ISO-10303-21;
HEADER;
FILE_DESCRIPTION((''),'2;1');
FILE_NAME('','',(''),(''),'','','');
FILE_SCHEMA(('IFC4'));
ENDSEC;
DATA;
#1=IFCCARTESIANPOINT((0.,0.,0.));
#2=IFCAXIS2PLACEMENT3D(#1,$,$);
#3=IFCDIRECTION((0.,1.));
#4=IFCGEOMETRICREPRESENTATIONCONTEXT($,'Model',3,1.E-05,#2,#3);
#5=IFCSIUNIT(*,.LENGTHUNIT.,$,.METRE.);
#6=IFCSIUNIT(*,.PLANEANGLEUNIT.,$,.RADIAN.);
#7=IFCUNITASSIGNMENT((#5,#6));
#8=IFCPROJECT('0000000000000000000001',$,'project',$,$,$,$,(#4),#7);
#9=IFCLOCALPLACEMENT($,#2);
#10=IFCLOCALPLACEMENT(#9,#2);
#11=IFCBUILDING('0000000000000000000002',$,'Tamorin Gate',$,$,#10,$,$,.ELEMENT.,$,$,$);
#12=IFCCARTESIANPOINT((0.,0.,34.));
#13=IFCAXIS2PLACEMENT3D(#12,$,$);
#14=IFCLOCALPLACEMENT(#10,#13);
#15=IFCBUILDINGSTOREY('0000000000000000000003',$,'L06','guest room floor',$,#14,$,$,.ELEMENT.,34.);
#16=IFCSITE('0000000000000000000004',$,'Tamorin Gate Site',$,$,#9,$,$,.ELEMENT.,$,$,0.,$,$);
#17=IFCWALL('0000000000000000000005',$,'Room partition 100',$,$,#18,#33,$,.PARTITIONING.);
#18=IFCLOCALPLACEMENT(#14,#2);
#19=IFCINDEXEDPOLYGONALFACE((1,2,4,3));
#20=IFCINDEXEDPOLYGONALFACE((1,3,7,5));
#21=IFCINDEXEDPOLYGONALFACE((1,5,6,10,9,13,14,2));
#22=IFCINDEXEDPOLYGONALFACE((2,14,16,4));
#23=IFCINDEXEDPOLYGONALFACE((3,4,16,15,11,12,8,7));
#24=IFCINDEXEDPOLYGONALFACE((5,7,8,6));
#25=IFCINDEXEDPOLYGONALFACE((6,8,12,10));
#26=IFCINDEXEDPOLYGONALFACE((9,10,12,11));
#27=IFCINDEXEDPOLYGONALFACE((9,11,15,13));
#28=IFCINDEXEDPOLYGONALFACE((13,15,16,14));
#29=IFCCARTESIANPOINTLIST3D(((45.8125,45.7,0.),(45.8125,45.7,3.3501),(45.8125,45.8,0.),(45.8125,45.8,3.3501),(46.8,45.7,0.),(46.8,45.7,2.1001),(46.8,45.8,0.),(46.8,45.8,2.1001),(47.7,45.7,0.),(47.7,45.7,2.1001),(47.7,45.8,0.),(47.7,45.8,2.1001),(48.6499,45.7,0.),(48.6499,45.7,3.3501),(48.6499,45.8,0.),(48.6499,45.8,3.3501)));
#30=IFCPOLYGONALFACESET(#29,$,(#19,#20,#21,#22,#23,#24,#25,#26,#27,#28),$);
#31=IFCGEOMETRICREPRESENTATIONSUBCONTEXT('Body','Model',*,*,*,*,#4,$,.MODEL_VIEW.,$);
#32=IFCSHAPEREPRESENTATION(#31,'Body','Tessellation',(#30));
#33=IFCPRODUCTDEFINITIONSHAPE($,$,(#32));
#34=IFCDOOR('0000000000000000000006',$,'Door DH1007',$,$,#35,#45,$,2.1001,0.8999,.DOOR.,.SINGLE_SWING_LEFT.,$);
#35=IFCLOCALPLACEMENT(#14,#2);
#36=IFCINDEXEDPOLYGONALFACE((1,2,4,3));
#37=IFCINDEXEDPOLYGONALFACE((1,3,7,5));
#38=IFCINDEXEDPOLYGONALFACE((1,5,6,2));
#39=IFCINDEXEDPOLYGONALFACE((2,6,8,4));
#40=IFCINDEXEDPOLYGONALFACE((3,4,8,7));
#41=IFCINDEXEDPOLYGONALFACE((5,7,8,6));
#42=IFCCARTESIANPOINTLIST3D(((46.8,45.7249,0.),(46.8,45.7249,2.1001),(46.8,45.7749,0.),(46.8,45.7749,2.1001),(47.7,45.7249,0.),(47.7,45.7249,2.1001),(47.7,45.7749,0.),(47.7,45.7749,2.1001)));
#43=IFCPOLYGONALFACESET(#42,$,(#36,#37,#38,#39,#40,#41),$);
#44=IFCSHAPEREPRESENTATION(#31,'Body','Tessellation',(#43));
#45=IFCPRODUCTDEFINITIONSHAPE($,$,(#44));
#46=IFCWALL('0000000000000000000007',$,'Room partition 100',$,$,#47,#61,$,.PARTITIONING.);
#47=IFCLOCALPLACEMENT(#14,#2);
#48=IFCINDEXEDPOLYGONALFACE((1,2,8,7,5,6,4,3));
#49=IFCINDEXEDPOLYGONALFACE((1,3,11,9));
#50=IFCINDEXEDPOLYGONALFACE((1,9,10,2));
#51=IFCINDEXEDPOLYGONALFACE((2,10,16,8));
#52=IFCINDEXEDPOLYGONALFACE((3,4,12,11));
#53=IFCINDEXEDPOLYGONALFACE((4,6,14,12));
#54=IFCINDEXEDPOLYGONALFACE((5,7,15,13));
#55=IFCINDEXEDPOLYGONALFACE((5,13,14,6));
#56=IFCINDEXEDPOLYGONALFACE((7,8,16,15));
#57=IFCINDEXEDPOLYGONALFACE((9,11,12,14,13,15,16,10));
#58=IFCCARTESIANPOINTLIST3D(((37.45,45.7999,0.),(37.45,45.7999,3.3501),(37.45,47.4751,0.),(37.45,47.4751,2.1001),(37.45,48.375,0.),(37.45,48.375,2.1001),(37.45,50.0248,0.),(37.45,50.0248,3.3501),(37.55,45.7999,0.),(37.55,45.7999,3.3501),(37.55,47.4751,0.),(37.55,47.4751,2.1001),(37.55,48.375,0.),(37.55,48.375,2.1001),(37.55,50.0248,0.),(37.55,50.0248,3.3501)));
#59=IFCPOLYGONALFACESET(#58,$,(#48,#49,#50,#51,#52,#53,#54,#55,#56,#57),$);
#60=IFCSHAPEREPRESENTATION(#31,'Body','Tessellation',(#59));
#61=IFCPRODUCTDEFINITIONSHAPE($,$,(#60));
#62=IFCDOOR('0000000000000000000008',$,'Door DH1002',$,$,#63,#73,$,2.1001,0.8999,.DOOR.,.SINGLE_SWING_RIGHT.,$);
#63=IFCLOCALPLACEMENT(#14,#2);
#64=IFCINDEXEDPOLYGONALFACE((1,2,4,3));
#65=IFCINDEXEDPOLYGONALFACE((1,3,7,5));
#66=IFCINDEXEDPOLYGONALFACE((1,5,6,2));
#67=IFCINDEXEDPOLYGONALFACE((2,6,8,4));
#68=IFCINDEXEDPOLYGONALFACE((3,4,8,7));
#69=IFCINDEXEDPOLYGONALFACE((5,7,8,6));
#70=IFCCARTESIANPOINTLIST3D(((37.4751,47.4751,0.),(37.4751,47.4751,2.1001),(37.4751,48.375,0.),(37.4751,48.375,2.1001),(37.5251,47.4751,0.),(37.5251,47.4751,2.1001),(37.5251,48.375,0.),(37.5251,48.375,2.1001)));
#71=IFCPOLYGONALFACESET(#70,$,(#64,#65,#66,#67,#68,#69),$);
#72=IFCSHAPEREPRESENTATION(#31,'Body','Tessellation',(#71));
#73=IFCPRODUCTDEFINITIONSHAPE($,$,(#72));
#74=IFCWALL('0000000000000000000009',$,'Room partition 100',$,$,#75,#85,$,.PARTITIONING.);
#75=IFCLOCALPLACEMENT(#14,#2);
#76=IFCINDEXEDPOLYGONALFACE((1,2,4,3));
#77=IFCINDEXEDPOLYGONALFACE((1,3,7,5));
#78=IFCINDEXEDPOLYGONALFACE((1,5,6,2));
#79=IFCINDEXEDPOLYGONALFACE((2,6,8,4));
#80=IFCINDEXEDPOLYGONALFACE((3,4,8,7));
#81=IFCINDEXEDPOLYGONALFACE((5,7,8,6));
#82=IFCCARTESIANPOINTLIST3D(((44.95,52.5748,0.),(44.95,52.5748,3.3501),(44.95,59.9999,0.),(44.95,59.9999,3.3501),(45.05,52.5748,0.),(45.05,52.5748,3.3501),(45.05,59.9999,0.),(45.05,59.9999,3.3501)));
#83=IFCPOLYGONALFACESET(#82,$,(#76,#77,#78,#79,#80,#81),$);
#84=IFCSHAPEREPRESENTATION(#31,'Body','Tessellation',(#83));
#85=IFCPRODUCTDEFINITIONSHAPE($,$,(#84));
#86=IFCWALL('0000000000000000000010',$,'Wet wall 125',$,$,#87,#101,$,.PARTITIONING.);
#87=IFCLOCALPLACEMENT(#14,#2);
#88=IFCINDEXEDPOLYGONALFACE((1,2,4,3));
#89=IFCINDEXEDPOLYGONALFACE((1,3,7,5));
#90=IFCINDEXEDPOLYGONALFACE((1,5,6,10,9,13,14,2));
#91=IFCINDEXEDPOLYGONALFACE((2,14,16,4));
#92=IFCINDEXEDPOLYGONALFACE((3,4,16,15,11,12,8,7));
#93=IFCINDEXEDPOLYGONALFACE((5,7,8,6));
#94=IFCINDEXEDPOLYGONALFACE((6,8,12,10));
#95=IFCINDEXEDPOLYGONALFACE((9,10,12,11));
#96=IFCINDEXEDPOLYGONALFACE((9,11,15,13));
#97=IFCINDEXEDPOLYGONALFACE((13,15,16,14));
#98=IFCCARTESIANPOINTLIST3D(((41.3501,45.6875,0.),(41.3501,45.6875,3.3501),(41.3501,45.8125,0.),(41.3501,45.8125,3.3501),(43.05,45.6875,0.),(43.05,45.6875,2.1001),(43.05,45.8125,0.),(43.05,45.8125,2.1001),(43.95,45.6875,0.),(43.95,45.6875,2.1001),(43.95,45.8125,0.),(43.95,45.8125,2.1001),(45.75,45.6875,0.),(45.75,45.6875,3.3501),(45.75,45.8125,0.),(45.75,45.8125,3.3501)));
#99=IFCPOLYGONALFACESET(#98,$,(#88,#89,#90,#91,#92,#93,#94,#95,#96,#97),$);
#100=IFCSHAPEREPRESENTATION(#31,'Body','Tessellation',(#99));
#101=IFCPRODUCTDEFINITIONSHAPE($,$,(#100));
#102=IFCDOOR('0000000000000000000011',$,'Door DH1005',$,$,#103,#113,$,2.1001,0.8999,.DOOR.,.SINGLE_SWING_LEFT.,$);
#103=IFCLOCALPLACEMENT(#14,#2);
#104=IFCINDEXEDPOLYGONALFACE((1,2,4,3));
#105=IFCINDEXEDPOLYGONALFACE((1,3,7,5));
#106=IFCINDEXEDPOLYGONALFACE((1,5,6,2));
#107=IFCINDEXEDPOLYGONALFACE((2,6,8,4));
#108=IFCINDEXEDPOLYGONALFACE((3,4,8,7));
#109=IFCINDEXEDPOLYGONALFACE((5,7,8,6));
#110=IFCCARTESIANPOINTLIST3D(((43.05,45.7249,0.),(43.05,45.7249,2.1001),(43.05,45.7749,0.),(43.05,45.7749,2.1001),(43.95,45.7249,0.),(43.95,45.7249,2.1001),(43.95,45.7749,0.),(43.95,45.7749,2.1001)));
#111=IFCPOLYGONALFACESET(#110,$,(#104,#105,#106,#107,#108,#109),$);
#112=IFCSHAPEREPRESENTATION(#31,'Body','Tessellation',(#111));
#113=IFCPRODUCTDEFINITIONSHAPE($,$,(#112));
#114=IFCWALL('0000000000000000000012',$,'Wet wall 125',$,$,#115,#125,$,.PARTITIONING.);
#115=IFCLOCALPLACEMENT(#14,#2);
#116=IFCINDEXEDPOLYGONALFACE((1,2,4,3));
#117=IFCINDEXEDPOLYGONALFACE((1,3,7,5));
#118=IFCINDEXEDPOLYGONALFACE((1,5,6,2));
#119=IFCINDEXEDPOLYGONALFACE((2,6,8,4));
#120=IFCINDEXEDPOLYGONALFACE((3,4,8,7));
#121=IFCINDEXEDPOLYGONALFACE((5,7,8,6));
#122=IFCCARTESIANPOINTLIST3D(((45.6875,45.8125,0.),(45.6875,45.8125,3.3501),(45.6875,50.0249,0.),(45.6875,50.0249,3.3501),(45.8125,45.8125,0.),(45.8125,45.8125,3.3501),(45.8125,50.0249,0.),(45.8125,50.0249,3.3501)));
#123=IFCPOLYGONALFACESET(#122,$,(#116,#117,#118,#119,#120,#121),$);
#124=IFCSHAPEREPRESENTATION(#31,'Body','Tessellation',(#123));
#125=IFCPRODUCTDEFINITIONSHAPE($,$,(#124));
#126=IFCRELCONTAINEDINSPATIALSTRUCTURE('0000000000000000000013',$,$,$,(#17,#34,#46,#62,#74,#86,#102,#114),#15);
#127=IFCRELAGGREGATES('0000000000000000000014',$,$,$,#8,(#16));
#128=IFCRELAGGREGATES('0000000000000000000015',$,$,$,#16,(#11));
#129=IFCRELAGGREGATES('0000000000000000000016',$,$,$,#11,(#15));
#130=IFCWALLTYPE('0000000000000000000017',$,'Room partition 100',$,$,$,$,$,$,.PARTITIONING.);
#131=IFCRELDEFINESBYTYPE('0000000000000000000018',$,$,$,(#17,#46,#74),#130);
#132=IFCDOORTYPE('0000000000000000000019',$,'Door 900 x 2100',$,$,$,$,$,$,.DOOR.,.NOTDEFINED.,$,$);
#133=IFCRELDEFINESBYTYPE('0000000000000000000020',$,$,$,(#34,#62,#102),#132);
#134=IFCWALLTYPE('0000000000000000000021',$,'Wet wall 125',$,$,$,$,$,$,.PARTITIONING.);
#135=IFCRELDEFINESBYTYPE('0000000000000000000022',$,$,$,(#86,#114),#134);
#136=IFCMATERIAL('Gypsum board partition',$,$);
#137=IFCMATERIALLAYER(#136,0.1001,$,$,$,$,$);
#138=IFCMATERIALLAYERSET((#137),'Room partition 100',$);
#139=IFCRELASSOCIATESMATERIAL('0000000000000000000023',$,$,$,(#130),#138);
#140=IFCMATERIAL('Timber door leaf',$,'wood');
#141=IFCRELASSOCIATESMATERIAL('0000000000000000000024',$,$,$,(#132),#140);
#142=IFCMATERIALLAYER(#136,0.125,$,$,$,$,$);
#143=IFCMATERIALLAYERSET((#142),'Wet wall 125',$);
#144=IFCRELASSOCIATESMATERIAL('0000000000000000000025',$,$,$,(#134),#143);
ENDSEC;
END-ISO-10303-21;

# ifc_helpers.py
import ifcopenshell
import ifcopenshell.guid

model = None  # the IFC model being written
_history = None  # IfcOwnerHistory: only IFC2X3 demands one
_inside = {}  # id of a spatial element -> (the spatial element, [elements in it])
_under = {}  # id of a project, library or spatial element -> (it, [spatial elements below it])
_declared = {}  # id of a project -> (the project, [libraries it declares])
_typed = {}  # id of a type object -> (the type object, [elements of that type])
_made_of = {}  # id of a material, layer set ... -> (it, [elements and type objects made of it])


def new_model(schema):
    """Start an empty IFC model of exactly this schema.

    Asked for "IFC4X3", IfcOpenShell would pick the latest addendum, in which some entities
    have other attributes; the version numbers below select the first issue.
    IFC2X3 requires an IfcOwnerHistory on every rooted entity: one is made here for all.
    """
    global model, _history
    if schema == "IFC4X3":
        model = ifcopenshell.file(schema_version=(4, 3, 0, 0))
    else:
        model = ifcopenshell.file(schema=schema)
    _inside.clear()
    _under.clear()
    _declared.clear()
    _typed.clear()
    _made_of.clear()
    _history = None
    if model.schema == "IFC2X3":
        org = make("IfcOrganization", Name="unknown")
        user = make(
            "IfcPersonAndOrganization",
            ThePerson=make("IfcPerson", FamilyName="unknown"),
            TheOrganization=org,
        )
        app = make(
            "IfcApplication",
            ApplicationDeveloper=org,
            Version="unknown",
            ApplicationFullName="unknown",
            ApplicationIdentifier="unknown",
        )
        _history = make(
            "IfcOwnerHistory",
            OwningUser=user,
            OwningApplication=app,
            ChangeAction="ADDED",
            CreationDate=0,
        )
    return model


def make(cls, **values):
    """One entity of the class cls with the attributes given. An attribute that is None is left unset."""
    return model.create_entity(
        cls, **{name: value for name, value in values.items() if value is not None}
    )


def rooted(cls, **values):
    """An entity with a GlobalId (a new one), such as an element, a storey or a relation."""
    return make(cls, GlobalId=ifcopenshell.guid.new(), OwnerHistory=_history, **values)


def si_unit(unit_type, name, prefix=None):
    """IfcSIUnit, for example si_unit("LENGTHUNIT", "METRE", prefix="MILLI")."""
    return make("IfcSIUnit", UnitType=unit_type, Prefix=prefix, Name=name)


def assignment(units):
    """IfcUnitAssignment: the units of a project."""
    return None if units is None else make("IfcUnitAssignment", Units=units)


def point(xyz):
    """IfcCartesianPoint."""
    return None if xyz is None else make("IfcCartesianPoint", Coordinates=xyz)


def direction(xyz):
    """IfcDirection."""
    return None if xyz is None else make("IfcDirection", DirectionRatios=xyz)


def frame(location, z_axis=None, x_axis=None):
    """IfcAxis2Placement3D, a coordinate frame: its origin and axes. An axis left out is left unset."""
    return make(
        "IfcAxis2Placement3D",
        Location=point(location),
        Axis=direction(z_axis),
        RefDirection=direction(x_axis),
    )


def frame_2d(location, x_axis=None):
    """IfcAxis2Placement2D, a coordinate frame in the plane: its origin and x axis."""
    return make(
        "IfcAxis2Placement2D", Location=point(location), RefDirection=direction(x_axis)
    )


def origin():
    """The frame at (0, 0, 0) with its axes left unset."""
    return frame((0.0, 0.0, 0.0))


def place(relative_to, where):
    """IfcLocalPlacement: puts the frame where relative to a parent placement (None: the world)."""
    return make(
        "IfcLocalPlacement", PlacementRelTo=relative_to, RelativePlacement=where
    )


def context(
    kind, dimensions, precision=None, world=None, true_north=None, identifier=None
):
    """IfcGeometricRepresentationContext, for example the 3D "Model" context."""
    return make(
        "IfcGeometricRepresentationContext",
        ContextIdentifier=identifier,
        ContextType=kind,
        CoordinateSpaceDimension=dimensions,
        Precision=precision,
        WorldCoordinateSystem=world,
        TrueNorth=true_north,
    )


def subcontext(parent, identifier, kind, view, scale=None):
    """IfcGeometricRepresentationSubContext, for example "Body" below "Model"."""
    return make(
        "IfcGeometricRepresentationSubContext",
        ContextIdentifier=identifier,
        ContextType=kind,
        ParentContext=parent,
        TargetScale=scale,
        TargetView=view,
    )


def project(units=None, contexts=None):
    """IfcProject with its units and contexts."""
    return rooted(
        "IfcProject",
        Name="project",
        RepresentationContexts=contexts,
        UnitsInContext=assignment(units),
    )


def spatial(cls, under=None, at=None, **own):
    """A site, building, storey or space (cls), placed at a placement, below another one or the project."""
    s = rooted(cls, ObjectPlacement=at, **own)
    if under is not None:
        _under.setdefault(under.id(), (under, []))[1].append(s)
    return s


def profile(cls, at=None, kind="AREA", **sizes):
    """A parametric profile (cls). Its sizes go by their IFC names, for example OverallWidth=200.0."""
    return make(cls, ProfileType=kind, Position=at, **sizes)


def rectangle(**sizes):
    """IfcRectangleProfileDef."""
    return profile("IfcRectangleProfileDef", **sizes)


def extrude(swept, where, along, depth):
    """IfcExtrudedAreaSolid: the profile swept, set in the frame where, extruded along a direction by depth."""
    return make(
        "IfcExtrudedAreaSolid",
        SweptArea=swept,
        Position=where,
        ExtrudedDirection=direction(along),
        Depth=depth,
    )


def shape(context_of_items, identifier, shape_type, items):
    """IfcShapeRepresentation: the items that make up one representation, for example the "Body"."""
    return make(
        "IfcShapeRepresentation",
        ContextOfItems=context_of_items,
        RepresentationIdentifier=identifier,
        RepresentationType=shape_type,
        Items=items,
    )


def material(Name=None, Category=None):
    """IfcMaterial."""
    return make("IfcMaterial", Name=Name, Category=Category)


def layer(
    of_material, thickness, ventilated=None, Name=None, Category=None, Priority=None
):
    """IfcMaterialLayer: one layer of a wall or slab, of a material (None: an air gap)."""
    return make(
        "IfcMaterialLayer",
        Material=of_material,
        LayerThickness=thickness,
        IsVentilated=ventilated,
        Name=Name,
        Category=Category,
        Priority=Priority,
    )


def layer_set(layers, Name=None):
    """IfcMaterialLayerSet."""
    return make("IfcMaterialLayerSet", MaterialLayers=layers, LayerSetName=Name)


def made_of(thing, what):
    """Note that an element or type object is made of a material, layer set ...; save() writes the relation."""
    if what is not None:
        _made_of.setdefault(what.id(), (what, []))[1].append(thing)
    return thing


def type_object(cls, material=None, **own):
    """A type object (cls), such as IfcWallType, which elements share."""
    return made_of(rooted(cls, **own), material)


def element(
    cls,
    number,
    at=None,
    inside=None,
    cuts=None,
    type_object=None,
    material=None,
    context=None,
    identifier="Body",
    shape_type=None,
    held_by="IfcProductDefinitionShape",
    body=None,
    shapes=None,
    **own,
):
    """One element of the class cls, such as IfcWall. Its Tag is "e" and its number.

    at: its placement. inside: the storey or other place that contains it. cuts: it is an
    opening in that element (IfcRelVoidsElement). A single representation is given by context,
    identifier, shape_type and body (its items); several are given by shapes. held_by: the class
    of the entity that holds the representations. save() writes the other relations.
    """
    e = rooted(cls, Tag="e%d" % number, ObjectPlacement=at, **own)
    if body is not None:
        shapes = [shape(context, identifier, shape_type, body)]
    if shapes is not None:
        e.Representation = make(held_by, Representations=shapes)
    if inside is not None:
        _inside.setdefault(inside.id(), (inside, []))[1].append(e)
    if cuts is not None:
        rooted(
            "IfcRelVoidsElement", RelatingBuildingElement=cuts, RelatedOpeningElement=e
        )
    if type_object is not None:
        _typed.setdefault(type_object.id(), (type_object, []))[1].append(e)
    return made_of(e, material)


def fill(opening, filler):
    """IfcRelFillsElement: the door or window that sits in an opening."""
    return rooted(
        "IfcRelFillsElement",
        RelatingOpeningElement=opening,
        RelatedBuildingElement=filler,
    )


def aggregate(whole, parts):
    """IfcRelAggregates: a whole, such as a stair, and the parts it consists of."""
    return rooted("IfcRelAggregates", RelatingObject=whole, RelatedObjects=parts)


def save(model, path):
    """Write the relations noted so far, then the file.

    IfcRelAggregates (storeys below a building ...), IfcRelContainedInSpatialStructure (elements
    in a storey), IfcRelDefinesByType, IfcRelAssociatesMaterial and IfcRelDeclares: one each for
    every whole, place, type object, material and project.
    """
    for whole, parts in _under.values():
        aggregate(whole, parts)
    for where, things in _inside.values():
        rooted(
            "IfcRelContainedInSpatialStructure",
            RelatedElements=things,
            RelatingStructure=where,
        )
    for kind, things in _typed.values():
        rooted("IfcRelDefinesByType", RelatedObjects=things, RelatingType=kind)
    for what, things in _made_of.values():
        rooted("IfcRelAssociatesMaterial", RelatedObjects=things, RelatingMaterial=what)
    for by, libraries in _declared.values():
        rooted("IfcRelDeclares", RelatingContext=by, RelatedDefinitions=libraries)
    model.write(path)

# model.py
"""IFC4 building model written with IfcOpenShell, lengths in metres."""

from ifc_helpers import new_model, si_unit, direction, frame, frame_2d, origin, place, context, subcontext, project, spatial, rectangle, extrude, material, layer, layer_set, type_object, element, fill, save


model = new_model("IFC4")

# Units and contexts
model_context = context("Model", 3, precision=1e-05, world=origin(), true_north=direction((0.0, 1.0)))
body_context = subcontext(model_context, "Body", "Model", "MODEL_VIEW")
ifc_project = project(units=[si_unit("LENGTHUNIT", "METRE"), si_unit("PLANEANGLEUNIT", "RADIAN")], contexts=[model_context])

# Site, building, storey
site_placement = place(None, origin())
site = spatial("IfcSite", under=ifc_project, at=site_placement, Name="Tamorin Gate Site", CompositionType="ELEMENT", RefElevation=0.0)
building_placement = place(site_placement, origin())
building = spatial("IfcBuilding", under=site, at=building_placement, Name="Tamorin Gate", CompositionType="ELEMENT")
storey_placement = place(building_placement, frame((0.0, 0.0, 34.0)))
storey = spatial("IfcBuildingStorey", under=building, at=storey_placement, Name="L06", Description="guest room floor", CompositionType="ELEMENT", Elevation=34.0)

# Shared definitions
ifc_material_1 = material(Name="Gypsum board partition")
ifc_material_2 = material(Name="Timber door leaf", Category="wood")

# Walls, openings, doors
ifc_layer_1 = layer(ifc_material_1, 0.1001)
ifc_layer_set_1 = layer_set([ifc_layer_1], Name="Room partition 100")
wall_type_1 = type_object("IfcWallType", Name="Room partition 100", PredefinedType="PARTITIONING", material=ifc_layer_set_1)
door_type_1 = type_object("IfcDoorType", Name="Door 900 x 2100", OperationType="NOTDEFINED", PredefinedType="DOOR", material=ifc_material_2)
wall_1_placement = place(storey_placement, frame((45.8125, 45.75, 0.0), z_axis=(0.0, 0.0, 1.0), x_axis=(1.0, 0.0, 0.0)))
wall_1 = element("IfcWall", 1, at=wall_1_placement, inside=storey, type_object=wall_type_1, Name="Room partition 100", PredefinedType="PARTITIONING", context=body_context, shape_type="SweptSolid", body=[
    extrude(rectangle(XDim=2.8374, YDim=0.1001, at=frame_2d((1.4187, 0.0))), origin(), (0.0, 0.0, 1.0), 3.3501),
])
opening_1_placement = place(wall_1_placement, frame((0.9875, 0.0, 0.0)))
opening_1 = element("IfcOpeningElement", 2, at=opening_1_placement, cuts=wall_1, PredefinedType="OPENING", context=body_context, shape_type="SweptSolid", body=[
    extrude(rectangle(XDim=0.8999, YDim=2.1001, at=frame_2d((0.45, 1.05))), frame((0.0, 0.0601, 0.0), z_axis=(0.0, -1.0, 0.0), x_axis=(1.0, 0.0, 0.0)), (0.0, 0.0, 1.0), 0.1201),
])
door_1_placement = place(opening_1_placement, origin())
door_1 = element("IfcDoor", 3, at=door_1_placement, inside=storey, type_object=door_type_1, Name="Door DH1007", OperationType="SINGLE_SWING_LEFT", OverallHeight=2.1001, OverallWidth=0.8999, PredefinedType="DOOR", context=body_context, shape_type="SweptSolid", body=[
    extrude(rectangle(XDim=0.8999, YDim=2.1001, at=frame_2d((0.45, 1.05))), frame((0.0, 0.0249, 0.0), z_axis=(0.0, -1.0, 0.0), x_axis=(1.0, 0.0, 0.0)), (0.0, 0.0, 1.0), 0.05),
])
fill(opening_1, door_1)
wall_2_placement = place(storey_placement, frame((37.5, 45.8, 0.0), z_axis=(0.0, 0.0, 1.0), x_axis=(0.0, 1.0, 0.0)))
wall_2 = element("IfcWall", 4, at=wall_2_placement, inside=storey, type_object=wall_type_1, Name="Room partition 100", PredefinedType="PARTITIONING", context=body_context, shape_type="SweptSolid", body=[
    extrude(rectangle(XDim=4.2249, YDim=0.1001, at=frame_2d((2.1123, 0.0))), origin(), (0.0, 0.0, 1.0), 3.3501),
])
opening_2_placement = place(wall_2_placement, frame((1.675, 0.0, 0.0)))
opening_2 = element("IfcOpeningElement", 5, at=opening_2_placement, cuts=wall_2, PredefinedType="OPENING", context=body_context, shape_type="SweptSolid", body=[
    extrude(rectangle(XDim=0.8999, YDim=2.1001, at=frame_2d((0.45, 1.05))), frame((0.0, 0.0601, 0.0), z_axis=(0.0, -1.0, 0.0), x_axis=(1.0, 0.0, 0.0)), (0.0, 0.0, 1.0), 0.1201),
])
door_2_placement = place(opening_2_placement, origin())
door_2 = element("IfcDoor", 6, at=door_2_placement, inside=storey, type_object=door_type_1, Name="Door DH1002", OperationType="SINGLE_SWING_RIGHT", OverallHeight=2.1001, OverallWidth=0.8999, PredefinedType="DOOR", context=body_context, shape_type="SweptSolid", body=[
    extrude(rectangle(XDim=0.8999, YDim=2.1001, at=frame_2d((0.45, 1.05))), frame((0.0, 0.0249, 0.0), z_axis=(0.0, -1.0, 0.0), x_axis=(1.0, 0.0, 0.0)), (0.0, 0.0, 1.0), 0.05),
])
fill(opening_2, door_2)

# Wall
wall_3_placement = place(storey_placement, frame((45.0, 52.575, 0.0), z_axis=(0.0, 0.0, 1.0), x_axis=(0.0, 1.0, 0.0)))
element("IfcWall", 7, at=wall_3_placement, inside=storey, type_object=wall_type_1, Name="Room partition 100", PredefinedType="PARTITIONING", context=body_context, shape_type="SweptSolid", body=[
    extrude(rectangle(XDim=7.425, YDim=0.1001, at=frame_2d((3.7124, 0.0))), origin(), (0.0, 0.0, 1.0), 3.3501),
])

# Wall, opening, door
ifc_layer_2 = layer(ifc_material_1, 0.125)
ifc_layer_set_2 = layer_set([ifc_layer_2], Name="Wet wall 125")
wall_type_2 = type_object("IfcWallType", Name="Wet wall 125", PredefinedType="PARTITIONING", material=ifc_layer_set_2)
wall_4_placement = place(storey_placement, frame((41.3501, 45.75, 0.0), z_axis=(0.0, 0.0, 1.0), x_axis=(1.0, 0.0, 0.0)))
wall_4 = element("IfcWall", 8, at=wall_4_placement, inside=storey, type_object=wall_type_2, Name="Wet wall 125", PredefinedType="PARTITIONING", context=body_context, shape_type="SweptSolid", body=[
    extrude(rectangle(XDim=4.3999, YDim=0.125, at=frame_2d((2.2, 0.0))), origin(), (0.0, 0.0, 1.0), 3.3501),
])
opening_3_placement = place(wall_4_placement, frame((1.7, 0.0, 0.0)))
opening_3 = element("IfcOpeningElement", 9, at=opening_3_placement, cuts=wall_4, PredefinedType="OPENING", context=body_context, shape_type="SweptSolid", body=[
    extrude(rectangle(XDim=0.8999, YDim=2.1001, at=frame_2d((0.45, 1.05))), frame((0.0, 0.0725, 0.0), z_axis=(0.0, -1.0, 0.0), x_axis=(1.0, 0.0, 0.0)), (0.0, 0.0, 1.0), 0.145),
])
door_3_placement = place(opening_3_placement, origin())
door_3 = element("IfcDoor", 10, at=door_3_placement, inside=storey, type_object=door_type_1, Name="Door DH1005", OperationType="SINGLE_SWING_LEFT", OverallHeight=2.1001, OverallWidth=0.8999, PredefinedType="DOOR", context=body_context, shape_type="SweptSolid", body=[
    extrude(rectangle(XDim=0.8999, YDim=2.1001, at=frame_2d((0.45, 1.05))), frame((0.0, 0.0249, 0.0), z_axis=(0.0, -1.0, 0.0), x_axis=(1.0, 0.0, 0.0)), (0.0, 0.0, 1.0), 0.05),
])
fill(opening_3, door_3)

# Wall
wall_5_placement = place(storey_placement, frame((45.75, 45.8125, 0.0), z_axis=(0.0, 0.0, 1.0), x_axis=(0.0, 1.0, 0.0)))
element("IfcWall", 11, at=wall_5_placement, inside=storey, type_object=wall_type_2, Name="Wet wall 125", PredefinedType="PARTITIONING", context=body_context, shape_type="SweptSolid", body=[
    extrude(rectangle(XDim=4.2124, YDim=0.125, at=frame_2d((2.1062, 0.0))), origin(), (0.0, 0.0, 1.0), 3.3501),
])

save(model, "model.ifc")
